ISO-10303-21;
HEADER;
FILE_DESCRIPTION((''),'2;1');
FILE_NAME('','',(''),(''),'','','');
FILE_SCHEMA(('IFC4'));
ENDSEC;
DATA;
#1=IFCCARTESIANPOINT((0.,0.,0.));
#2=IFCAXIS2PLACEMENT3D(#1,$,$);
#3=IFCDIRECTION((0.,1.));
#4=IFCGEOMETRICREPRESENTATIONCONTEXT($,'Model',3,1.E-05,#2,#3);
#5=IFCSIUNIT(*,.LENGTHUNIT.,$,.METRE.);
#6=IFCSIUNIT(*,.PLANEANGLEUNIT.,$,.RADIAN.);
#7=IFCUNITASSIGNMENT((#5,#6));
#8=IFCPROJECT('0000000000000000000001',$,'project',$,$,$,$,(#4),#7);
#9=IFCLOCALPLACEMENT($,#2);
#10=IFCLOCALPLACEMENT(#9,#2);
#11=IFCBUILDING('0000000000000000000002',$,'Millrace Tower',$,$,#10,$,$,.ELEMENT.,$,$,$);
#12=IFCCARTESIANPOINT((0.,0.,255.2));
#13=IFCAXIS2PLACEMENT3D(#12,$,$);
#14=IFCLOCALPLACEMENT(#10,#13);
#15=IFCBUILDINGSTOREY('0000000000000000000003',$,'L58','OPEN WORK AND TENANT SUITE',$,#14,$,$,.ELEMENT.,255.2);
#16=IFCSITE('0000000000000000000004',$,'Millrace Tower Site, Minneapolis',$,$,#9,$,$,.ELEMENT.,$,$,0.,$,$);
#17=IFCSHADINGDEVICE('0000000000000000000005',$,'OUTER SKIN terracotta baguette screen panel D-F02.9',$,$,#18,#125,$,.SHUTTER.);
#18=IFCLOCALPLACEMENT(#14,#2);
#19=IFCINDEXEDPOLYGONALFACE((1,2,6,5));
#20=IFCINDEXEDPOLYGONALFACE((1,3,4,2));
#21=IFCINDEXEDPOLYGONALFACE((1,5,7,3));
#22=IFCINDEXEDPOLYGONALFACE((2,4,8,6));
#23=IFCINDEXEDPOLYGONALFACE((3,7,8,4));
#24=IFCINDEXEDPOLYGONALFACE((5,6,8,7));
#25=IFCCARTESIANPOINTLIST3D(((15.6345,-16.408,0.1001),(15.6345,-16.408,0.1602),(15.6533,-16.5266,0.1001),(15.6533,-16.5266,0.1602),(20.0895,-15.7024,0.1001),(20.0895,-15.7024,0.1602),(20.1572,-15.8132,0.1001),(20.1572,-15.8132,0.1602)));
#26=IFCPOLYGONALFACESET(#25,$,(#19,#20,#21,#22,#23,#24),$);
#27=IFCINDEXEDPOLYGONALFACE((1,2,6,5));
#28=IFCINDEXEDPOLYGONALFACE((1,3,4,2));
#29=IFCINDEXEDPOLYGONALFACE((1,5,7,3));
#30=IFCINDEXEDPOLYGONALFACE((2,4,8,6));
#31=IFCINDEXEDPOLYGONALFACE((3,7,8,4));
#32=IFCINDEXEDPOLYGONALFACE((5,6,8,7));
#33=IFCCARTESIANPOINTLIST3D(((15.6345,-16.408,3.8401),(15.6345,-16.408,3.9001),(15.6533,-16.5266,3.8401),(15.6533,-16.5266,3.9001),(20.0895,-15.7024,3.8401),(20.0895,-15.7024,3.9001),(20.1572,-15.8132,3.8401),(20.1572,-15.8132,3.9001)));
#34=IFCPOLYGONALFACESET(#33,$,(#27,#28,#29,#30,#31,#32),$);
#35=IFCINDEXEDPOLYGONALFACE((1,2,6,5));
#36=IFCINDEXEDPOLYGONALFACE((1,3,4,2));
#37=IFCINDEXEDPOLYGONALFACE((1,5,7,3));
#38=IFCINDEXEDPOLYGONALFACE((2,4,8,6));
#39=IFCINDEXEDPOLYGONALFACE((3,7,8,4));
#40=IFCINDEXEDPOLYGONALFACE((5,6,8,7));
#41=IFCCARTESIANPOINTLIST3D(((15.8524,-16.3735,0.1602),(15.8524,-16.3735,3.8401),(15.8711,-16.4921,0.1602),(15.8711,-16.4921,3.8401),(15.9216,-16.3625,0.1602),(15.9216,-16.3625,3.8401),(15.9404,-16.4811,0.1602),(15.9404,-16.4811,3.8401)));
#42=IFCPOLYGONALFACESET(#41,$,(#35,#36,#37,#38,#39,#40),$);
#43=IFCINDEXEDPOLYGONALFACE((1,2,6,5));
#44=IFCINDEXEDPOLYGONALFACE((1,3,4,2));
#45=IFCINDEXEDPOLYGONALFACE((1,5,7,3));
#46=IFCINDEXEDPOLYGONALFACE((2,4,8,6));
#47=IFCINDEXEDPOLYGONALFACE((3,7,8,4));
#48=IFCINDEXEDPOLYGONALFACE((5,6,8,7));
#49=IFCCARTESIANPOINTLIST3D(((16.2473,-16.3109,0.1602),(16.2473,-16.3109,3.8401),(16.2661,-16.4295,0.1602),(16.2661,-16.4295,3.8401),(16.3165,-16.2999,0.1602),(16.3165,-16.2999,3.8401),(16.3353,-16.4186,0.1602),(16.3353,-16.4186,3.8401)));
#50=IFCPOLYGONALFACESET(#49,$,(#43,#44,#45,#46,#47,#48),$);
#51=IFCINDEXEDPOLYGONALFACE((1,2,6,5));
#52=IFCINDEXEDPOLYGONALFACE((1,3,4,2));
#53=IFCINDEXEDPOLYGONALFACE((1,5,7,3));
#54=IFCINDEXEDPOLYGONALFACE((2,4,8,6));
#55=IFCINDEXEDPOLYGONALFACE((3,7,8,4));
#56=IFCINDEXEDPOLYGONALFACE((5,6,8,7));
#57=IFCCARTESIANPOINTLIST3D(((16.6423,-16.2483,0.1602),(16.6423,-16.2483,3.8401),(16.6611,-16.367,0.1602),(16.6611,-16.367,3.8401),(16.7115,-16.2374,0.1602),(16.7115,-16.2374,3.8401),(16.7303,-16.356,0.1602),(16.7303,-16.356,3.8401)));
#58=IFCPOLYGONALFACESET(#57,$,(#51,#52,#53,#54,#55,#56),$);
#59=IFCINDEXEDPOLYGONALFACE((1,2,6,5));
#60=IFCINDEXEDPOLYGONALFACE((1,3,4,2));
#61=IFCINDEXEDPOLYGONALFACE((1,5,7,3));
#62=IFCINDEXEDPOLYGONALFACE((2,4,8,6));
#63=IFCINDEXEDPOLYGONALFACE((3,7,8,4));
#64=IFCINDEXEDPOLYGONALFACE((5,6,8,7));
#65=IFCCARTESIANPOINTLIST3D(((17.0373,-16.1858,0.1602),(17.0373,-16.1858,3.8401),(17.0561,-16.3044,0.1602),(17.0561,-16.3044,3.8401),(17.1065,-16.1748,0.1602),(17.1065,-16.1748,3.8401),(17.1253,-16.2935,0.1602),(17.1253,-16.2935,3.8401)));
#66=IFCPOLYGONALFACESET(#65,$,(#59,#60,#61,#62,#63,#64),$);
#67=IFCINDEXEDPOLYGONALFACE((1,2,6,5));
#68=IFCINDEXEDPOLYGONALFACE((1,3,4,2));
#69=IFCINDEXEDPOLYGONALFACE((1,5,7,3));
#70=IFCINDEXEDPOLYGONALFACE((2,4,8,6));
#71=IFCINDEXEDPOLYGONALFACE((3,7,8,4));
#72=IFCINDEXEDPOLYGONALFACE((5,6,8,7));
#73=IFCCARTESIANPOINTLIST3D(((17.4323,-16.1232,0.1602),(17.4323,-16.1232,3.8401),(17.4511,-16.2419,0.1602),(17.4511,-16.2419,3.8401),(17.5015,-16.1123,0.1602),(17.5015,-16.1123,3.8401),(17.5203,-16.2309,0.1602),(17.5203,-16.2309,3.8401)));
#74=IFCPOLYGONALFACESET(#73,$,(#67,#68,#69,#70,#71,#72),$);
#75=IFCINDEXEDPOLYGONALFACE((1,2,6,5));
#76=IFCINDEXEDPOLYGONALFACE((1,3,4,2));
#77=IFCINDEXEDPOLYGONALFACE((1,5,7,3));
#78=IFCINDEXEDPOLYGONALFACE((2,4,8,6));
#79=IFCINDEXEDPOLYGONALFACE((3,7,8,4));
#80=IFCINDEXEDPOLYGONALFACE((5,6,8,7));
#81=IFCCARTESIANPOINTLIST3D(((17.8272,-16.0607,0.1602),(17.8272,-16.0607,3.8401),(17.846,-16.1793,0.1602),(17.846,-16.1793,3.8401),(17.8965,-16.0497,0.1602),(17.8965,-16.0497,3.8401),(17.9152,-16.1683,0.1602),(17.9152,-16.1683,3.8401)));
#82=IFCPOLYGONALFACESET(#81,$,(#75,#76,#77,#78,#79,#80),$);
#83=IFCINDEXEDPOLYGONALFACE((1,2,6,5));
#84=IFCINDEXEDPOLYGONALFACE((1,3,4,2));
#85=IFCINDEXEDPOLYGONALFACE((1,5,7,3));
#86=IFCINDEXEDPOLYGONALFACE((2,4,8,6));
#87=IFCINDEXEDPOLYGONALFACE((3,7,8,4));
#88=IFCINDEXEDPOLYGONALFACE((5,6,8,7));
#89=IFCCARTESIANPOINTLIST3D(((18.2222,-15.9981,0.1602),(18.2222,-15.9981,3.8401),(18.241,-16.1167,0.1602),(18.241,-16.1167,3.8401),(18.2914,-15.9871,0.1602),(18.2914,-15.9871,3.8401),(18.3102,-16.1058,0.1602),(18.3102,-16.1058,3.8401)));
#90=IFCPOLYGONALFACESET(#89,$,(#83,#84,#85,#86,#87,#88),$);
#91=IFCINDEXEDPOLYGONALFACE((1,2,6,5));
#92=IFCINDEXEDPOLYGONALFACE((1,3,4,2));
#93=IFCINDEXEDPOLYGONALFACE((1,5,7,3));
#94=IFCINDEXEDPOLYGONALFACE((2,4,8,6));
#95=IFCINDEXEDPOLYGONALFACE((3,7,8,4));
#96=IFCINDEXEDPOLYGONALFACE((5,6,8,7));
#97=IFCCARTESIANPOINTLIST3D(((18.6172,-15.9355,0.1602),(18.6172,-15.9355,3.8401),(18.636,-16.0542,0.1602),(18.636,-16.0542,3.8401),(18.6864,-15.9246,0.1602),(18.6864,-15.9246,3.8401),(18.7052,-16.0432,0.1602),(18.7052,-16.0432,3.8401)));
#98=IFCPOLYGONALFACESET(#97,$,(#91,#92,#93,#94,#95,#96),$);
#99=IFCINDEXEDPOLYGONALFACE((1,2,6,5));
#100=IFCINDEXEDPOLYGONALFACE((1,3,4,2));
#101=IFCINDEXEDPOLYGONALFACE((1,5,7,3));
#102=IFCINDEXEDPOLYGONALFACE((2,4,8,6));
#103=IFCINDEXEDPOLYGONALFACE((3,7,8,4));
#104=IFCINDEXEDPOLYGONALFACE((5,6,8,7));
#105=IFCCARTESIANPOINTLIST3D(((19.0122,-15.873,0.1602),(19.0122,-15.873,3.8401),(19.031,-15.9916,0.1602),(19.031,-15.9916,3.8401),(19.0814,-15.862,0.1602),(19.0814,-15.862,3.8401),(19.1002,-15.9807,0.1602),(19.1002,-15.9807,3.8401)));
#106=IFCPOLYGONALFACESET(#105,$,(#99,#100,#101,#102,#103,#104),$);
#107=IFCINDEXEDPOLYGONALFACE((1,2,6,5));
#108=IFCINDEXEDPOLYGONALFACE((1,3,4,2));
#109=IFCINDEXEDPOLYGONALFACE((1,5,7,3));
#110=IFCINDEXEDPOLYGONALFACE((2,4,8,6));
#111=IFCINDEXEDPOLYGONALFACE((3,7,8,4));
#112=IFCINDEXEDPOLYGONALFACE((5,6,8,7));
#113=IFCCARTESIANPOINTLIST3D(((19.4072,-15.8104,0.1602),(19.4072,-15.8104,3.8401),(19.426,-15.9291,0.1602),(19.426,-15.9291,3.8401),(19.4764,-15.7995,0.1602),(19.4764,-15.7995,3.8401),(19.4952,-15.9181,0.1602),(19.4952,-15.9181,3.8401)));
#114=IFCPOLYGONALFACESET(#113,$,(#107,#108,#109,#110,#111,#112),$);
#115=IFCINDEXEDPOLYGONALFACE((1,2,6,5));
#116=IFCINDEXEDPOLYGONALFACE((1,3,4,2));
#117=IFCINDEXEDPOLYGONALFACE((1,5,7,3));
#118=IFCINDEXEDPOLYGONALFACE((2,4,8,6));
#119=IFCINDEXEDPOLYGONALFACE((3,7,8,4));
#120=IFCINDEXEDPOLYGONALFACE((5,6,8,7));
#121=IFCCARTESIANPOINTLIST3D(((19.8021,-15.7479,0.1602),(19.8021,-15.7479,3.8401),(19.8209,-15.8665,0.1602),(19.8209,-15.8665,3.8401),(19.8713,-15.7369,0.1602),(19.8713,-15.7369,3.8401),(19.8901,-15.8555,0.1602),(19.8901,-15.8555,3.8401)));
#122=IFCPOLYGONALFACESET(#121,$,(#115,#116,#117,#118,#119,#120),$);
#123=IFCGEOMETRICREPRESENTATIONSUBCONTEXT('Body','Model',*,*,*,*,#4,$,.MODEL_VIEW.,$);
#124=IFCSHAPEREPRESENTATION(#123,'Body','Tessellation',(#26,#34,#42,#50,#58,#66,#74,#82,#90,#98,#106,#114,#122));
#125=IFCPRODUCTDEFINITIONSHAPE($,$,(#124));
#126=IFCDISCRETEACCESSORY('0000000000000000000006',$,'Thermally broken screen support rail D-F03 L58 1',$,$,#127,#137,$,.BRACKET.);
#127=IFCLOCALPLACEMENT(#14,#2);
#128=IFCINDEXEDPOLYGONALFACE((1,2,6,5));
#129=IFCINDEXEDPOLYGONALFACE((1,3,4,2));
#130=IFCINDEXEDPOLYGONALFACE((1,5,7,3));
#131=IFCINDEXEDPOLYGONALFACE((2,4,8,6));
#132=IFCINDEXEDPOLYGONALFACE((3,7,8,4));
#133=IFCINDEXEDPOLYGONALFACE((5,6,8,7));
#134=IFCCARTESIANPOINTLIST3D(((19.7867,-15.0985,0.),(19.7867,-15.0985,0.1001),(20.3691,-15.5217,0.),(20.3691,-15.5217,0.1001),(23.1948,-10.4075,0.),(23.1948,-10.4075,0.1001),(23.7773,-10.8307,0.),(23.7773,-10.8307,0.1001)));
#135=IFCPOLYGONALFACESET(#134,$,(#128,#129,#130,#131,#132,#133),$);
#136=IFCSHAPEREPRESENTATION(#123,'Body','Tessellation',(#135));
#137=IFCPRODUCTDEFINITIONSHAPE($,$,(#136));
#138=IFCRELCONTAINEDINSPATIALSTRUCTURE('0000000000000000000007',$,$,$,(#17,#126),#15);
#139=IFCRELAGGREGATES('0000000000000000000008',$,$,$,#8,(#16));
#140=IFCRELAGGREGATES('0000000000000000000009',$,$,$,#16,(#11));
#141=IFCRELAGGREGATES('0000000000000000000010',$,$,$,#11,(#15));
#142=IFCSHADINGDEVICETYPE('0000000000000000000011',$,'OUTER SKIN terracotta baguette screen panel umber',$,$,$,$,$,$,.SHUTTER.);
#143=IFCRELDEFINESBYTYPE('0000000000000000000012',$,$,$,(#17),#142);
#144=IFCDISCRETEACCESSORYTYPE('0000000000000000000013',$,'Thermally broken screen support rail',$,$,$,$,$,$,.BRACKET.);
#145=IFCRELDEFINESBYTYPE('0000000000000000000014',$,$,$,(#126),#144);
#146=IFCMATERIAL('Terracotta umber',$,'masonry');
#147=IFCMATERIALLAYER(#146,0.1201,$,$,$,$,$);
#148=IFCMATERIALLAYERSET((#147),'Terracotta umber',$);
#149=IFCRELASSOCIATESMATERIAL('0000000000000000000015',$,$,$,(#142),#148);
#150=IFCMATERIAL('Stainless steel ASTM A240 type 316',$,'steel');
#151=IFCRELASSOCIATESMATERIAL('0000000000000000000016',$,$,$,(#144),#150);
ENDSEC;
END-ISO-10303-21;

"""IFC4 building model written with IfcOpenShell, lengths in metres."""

from ifc_helpers import new_model, entity, si_unit, direction, frame, frame_2d, origin, origin_2d, place, context, subcontext, project, spatial, rectangle, extrude, source, transform, mapped, material, layer, layer_set, type_object, element, save


model = new_model("IFC4")

# Units and contexts
model_context = context("Model", 3, precision=1e-05, world=origin(), true_north=direction((0.0, 1.0)))
body_context = subcontext(model_context, "Body", "Model", "MODEL_VIEW")
ifc_project = project(units=[si_unit("LENGTHUNIT", "METRE"), si_unit("PLANEANGLEUNIT", "RADIAN")], contexts=[model_context])

# Site, building, storey
site_placement = place(None, origin())
site = spatial("IfcSite", under=ifc_project, at=site_placement, Name="Millrace Tower Site, Minneapolis", CompositionType="ELEMENT", RefElevation=0.0)
building_placement = place(site_placement, origin())
building = spatial("IfcBuilding", under=site, at=building_placement, Name="Millrace Tower", CompositionType="ELEMENT")
storey_placement = place(building_placement, frame((0.0, 0.0, 255.2)))
storey = spatial("IfcBuildingStorey", under=building, at=storey_placement, Name="L58", Description="OPEN WORK AND TENANT SUITE", CompositionType="ELEMENT", Elevation=255.2)

# Shading device
ifc_material_1 = material(Name="Terracotta umber", Category="masonry")
ifc_layer_1 = layer(ifc_material_1, 0.1201)
ifc_layer_set_1 = layer_set([ifc_layer_1], Name="Terracotta umber")
shading_device_type = type_object("IfcShadingDeviceType", Name="OUTER SKIN terracotta baguette screen panel umber", PredefinedType="SHUTTER", material=ifc_layer_set_1)
cartesian_point_1 = entity("IfcCartesianPoint", [-2.2676, 0.0601])
shared_polyline_1 = entity("IfcPolyline", [cartesian_point_1, entity("IfcCartesianPoint", [2.2429, 0.0601]), entity("IfcCartesianPoint", [2.2925, -0.0601]), entity("IfcCartesianPoint", [-2.2676, -0.0601]), cartesian_point_1])
shared_shape_1 = source(origin(), body_context, "Body", "SweptSolid", [
    entity("IfcExtrudedAreaSolid", entity("IfcArbitraryClosedProfileDef", "AREA", None, shared_polyline_1), entity("IfcAxis2Placement3D", entity("IfcCartesianPoint", [0.0, 0.0, 0.0])), entity("IfcDirection", [0.0, 0.0, 1.0]), 0.0601),
    entity("IfcExtrudedAreaSolid", entity("IfcArbitraryClosedProfileDef", "AREA", None, shared_polyline_1), entity("IfcAxis2Placement3D", entity("IfcCartesianPoint", [0.0, 0.0, 3.74])), entity("IfcDirection", [0.0, 0.0, 1.0]), 0.0601),
    extrude(rectangle(XDim=0.0701, YDim=0.1201, at=frame_2d((-2.012, 0.0))), frame((0.0, 0.0, 0.0601)), (0.0, 0.0, 1.0), 3.6799),
    extrude(rectangle(XDim=0.0701, YDim=0.1201, at=frame_2d((-1.6121, 0.0))), frame((0.0, 0.0, 0.0601)), (0.0, 0.0, 1.0), 3.6799),
    extrude(rectangle(XDim=0.0701, YDim=0.1201, at=frame_2d((-1.2122, 0.0))), frame((0.0, 0.0, 0.0601)), (0.0, 0.0, 1.0), 3.6799),
    extrude(rectangle(XDim=0.0701, YDim=0.1201, at=frame_2d((-0.8123, 0.0))), frame((0.0, 0.0, 0.0601)), (0.0, 0.0, 1.0), 3.6799),
    extrude(rectangle(XDim=0.0701, YDim=0.1201, at=frame_2d((-0.4124, 0.0))), frame((0.0, 0.0, 0.0601)), (0.0, 0.0, 1.0), 3.6799),
    extrude(rectangle(XDim=0.0701, YDim=0.1201, at=frame_2d((-0.0125, 0.0))), frame((0.0, 0.0, 0.0601)), (0.0, 0.0, 1.0), 3.6799),
    extrude(rectangle(XDim=0.0701, YDim=0.1201, at=frame_2d((0.3875, 0.0))), frame((0.0, 0.0, 0.0601)), (0.0, 0.0, 1.0), 3.6799),
    extrude(rectangle(XDim=0.0701, YDim=0.1201, at=frame_2d((0.7874, 0.0))), frame((0.0, 0.0, 0.0601)), (0.0, 0.0, 1.0), 3.6799),
    extrude(rectangle(XDim=0.0701, YDim=0.1201, at=frame_2d((1.1873, 0.0))), frame((0.0, 0.0, 0.0601)), (0.0, 0.0, 1.0), 3.6799),
    extrude(rectangle(XDim=0.0701, YDim=0.1201, at=frame_2d((1.5872, 0.0))), frame((0.0, 0.0, 0.0601)), (0.0, 0.0, 1.0), 3.6799),
    extrude(rectangle(XDim=0.0701, YDim=0.1201, at=frame_2d((1.9871, 0.0))), frame((0.0, 0.0, 0.0601)), (0.0, 0.0, 1.0), 3.6799),
])
shading_device_1_placement = place(storey_placement, frame((17.8835, -16.1125, 0.1001), z_axis=(0.0, 0.0, 1.0), x_axis=(0.987688, 0.156434, 0.0)))
element("IfcShadingDevice", 1, at=shading_device_1_placement, inside=storey, type_object=shading_device_type, Name="OUTER SKIN terracotta baguette screen panel D-F02.9", PredefinedType="SHUTTER", context=body_context, shape_type="MappedRepresentation", body=[
    mapped(shared_shape_1, transform((0.0, 0.0, 0.0), scale=1.0)),
])

# Discrete accessory
ifc_material_2 = material(Name="Stainless steel ASTM A240 type 316", Category="steel")
discrete_accessory_type = type_object("IfcDiscreteAccessoryType", Name="Thermally broken screen support rail", PredefinedType="BRACKET", material=ifc_material_2)
discrete_accessory_placement = place(storey_placement, frame((21.782, -12.9646, 0.0), z_axis=(0.0, 0.0, 1.0), x_axis=(0.587785, 0.809017, 0.0)))
element("IfcDiscreteAccessory", 2, at=discrete_accessory_placement, inside=storey, type_object=discrete_accessory_type, Name="Thermally broken screen support rail D-F03 L58 1", PredefinedType="BRACKET", context=body_context, shape_type="SweptSolid", body=[
    extrude(rectangle(XDim=5.7983, YDim=0.72, at=origin_2d()), origin(), (0.0, 0.0, 1.0), 0.1001),
])

save(model, "model.ifc")
